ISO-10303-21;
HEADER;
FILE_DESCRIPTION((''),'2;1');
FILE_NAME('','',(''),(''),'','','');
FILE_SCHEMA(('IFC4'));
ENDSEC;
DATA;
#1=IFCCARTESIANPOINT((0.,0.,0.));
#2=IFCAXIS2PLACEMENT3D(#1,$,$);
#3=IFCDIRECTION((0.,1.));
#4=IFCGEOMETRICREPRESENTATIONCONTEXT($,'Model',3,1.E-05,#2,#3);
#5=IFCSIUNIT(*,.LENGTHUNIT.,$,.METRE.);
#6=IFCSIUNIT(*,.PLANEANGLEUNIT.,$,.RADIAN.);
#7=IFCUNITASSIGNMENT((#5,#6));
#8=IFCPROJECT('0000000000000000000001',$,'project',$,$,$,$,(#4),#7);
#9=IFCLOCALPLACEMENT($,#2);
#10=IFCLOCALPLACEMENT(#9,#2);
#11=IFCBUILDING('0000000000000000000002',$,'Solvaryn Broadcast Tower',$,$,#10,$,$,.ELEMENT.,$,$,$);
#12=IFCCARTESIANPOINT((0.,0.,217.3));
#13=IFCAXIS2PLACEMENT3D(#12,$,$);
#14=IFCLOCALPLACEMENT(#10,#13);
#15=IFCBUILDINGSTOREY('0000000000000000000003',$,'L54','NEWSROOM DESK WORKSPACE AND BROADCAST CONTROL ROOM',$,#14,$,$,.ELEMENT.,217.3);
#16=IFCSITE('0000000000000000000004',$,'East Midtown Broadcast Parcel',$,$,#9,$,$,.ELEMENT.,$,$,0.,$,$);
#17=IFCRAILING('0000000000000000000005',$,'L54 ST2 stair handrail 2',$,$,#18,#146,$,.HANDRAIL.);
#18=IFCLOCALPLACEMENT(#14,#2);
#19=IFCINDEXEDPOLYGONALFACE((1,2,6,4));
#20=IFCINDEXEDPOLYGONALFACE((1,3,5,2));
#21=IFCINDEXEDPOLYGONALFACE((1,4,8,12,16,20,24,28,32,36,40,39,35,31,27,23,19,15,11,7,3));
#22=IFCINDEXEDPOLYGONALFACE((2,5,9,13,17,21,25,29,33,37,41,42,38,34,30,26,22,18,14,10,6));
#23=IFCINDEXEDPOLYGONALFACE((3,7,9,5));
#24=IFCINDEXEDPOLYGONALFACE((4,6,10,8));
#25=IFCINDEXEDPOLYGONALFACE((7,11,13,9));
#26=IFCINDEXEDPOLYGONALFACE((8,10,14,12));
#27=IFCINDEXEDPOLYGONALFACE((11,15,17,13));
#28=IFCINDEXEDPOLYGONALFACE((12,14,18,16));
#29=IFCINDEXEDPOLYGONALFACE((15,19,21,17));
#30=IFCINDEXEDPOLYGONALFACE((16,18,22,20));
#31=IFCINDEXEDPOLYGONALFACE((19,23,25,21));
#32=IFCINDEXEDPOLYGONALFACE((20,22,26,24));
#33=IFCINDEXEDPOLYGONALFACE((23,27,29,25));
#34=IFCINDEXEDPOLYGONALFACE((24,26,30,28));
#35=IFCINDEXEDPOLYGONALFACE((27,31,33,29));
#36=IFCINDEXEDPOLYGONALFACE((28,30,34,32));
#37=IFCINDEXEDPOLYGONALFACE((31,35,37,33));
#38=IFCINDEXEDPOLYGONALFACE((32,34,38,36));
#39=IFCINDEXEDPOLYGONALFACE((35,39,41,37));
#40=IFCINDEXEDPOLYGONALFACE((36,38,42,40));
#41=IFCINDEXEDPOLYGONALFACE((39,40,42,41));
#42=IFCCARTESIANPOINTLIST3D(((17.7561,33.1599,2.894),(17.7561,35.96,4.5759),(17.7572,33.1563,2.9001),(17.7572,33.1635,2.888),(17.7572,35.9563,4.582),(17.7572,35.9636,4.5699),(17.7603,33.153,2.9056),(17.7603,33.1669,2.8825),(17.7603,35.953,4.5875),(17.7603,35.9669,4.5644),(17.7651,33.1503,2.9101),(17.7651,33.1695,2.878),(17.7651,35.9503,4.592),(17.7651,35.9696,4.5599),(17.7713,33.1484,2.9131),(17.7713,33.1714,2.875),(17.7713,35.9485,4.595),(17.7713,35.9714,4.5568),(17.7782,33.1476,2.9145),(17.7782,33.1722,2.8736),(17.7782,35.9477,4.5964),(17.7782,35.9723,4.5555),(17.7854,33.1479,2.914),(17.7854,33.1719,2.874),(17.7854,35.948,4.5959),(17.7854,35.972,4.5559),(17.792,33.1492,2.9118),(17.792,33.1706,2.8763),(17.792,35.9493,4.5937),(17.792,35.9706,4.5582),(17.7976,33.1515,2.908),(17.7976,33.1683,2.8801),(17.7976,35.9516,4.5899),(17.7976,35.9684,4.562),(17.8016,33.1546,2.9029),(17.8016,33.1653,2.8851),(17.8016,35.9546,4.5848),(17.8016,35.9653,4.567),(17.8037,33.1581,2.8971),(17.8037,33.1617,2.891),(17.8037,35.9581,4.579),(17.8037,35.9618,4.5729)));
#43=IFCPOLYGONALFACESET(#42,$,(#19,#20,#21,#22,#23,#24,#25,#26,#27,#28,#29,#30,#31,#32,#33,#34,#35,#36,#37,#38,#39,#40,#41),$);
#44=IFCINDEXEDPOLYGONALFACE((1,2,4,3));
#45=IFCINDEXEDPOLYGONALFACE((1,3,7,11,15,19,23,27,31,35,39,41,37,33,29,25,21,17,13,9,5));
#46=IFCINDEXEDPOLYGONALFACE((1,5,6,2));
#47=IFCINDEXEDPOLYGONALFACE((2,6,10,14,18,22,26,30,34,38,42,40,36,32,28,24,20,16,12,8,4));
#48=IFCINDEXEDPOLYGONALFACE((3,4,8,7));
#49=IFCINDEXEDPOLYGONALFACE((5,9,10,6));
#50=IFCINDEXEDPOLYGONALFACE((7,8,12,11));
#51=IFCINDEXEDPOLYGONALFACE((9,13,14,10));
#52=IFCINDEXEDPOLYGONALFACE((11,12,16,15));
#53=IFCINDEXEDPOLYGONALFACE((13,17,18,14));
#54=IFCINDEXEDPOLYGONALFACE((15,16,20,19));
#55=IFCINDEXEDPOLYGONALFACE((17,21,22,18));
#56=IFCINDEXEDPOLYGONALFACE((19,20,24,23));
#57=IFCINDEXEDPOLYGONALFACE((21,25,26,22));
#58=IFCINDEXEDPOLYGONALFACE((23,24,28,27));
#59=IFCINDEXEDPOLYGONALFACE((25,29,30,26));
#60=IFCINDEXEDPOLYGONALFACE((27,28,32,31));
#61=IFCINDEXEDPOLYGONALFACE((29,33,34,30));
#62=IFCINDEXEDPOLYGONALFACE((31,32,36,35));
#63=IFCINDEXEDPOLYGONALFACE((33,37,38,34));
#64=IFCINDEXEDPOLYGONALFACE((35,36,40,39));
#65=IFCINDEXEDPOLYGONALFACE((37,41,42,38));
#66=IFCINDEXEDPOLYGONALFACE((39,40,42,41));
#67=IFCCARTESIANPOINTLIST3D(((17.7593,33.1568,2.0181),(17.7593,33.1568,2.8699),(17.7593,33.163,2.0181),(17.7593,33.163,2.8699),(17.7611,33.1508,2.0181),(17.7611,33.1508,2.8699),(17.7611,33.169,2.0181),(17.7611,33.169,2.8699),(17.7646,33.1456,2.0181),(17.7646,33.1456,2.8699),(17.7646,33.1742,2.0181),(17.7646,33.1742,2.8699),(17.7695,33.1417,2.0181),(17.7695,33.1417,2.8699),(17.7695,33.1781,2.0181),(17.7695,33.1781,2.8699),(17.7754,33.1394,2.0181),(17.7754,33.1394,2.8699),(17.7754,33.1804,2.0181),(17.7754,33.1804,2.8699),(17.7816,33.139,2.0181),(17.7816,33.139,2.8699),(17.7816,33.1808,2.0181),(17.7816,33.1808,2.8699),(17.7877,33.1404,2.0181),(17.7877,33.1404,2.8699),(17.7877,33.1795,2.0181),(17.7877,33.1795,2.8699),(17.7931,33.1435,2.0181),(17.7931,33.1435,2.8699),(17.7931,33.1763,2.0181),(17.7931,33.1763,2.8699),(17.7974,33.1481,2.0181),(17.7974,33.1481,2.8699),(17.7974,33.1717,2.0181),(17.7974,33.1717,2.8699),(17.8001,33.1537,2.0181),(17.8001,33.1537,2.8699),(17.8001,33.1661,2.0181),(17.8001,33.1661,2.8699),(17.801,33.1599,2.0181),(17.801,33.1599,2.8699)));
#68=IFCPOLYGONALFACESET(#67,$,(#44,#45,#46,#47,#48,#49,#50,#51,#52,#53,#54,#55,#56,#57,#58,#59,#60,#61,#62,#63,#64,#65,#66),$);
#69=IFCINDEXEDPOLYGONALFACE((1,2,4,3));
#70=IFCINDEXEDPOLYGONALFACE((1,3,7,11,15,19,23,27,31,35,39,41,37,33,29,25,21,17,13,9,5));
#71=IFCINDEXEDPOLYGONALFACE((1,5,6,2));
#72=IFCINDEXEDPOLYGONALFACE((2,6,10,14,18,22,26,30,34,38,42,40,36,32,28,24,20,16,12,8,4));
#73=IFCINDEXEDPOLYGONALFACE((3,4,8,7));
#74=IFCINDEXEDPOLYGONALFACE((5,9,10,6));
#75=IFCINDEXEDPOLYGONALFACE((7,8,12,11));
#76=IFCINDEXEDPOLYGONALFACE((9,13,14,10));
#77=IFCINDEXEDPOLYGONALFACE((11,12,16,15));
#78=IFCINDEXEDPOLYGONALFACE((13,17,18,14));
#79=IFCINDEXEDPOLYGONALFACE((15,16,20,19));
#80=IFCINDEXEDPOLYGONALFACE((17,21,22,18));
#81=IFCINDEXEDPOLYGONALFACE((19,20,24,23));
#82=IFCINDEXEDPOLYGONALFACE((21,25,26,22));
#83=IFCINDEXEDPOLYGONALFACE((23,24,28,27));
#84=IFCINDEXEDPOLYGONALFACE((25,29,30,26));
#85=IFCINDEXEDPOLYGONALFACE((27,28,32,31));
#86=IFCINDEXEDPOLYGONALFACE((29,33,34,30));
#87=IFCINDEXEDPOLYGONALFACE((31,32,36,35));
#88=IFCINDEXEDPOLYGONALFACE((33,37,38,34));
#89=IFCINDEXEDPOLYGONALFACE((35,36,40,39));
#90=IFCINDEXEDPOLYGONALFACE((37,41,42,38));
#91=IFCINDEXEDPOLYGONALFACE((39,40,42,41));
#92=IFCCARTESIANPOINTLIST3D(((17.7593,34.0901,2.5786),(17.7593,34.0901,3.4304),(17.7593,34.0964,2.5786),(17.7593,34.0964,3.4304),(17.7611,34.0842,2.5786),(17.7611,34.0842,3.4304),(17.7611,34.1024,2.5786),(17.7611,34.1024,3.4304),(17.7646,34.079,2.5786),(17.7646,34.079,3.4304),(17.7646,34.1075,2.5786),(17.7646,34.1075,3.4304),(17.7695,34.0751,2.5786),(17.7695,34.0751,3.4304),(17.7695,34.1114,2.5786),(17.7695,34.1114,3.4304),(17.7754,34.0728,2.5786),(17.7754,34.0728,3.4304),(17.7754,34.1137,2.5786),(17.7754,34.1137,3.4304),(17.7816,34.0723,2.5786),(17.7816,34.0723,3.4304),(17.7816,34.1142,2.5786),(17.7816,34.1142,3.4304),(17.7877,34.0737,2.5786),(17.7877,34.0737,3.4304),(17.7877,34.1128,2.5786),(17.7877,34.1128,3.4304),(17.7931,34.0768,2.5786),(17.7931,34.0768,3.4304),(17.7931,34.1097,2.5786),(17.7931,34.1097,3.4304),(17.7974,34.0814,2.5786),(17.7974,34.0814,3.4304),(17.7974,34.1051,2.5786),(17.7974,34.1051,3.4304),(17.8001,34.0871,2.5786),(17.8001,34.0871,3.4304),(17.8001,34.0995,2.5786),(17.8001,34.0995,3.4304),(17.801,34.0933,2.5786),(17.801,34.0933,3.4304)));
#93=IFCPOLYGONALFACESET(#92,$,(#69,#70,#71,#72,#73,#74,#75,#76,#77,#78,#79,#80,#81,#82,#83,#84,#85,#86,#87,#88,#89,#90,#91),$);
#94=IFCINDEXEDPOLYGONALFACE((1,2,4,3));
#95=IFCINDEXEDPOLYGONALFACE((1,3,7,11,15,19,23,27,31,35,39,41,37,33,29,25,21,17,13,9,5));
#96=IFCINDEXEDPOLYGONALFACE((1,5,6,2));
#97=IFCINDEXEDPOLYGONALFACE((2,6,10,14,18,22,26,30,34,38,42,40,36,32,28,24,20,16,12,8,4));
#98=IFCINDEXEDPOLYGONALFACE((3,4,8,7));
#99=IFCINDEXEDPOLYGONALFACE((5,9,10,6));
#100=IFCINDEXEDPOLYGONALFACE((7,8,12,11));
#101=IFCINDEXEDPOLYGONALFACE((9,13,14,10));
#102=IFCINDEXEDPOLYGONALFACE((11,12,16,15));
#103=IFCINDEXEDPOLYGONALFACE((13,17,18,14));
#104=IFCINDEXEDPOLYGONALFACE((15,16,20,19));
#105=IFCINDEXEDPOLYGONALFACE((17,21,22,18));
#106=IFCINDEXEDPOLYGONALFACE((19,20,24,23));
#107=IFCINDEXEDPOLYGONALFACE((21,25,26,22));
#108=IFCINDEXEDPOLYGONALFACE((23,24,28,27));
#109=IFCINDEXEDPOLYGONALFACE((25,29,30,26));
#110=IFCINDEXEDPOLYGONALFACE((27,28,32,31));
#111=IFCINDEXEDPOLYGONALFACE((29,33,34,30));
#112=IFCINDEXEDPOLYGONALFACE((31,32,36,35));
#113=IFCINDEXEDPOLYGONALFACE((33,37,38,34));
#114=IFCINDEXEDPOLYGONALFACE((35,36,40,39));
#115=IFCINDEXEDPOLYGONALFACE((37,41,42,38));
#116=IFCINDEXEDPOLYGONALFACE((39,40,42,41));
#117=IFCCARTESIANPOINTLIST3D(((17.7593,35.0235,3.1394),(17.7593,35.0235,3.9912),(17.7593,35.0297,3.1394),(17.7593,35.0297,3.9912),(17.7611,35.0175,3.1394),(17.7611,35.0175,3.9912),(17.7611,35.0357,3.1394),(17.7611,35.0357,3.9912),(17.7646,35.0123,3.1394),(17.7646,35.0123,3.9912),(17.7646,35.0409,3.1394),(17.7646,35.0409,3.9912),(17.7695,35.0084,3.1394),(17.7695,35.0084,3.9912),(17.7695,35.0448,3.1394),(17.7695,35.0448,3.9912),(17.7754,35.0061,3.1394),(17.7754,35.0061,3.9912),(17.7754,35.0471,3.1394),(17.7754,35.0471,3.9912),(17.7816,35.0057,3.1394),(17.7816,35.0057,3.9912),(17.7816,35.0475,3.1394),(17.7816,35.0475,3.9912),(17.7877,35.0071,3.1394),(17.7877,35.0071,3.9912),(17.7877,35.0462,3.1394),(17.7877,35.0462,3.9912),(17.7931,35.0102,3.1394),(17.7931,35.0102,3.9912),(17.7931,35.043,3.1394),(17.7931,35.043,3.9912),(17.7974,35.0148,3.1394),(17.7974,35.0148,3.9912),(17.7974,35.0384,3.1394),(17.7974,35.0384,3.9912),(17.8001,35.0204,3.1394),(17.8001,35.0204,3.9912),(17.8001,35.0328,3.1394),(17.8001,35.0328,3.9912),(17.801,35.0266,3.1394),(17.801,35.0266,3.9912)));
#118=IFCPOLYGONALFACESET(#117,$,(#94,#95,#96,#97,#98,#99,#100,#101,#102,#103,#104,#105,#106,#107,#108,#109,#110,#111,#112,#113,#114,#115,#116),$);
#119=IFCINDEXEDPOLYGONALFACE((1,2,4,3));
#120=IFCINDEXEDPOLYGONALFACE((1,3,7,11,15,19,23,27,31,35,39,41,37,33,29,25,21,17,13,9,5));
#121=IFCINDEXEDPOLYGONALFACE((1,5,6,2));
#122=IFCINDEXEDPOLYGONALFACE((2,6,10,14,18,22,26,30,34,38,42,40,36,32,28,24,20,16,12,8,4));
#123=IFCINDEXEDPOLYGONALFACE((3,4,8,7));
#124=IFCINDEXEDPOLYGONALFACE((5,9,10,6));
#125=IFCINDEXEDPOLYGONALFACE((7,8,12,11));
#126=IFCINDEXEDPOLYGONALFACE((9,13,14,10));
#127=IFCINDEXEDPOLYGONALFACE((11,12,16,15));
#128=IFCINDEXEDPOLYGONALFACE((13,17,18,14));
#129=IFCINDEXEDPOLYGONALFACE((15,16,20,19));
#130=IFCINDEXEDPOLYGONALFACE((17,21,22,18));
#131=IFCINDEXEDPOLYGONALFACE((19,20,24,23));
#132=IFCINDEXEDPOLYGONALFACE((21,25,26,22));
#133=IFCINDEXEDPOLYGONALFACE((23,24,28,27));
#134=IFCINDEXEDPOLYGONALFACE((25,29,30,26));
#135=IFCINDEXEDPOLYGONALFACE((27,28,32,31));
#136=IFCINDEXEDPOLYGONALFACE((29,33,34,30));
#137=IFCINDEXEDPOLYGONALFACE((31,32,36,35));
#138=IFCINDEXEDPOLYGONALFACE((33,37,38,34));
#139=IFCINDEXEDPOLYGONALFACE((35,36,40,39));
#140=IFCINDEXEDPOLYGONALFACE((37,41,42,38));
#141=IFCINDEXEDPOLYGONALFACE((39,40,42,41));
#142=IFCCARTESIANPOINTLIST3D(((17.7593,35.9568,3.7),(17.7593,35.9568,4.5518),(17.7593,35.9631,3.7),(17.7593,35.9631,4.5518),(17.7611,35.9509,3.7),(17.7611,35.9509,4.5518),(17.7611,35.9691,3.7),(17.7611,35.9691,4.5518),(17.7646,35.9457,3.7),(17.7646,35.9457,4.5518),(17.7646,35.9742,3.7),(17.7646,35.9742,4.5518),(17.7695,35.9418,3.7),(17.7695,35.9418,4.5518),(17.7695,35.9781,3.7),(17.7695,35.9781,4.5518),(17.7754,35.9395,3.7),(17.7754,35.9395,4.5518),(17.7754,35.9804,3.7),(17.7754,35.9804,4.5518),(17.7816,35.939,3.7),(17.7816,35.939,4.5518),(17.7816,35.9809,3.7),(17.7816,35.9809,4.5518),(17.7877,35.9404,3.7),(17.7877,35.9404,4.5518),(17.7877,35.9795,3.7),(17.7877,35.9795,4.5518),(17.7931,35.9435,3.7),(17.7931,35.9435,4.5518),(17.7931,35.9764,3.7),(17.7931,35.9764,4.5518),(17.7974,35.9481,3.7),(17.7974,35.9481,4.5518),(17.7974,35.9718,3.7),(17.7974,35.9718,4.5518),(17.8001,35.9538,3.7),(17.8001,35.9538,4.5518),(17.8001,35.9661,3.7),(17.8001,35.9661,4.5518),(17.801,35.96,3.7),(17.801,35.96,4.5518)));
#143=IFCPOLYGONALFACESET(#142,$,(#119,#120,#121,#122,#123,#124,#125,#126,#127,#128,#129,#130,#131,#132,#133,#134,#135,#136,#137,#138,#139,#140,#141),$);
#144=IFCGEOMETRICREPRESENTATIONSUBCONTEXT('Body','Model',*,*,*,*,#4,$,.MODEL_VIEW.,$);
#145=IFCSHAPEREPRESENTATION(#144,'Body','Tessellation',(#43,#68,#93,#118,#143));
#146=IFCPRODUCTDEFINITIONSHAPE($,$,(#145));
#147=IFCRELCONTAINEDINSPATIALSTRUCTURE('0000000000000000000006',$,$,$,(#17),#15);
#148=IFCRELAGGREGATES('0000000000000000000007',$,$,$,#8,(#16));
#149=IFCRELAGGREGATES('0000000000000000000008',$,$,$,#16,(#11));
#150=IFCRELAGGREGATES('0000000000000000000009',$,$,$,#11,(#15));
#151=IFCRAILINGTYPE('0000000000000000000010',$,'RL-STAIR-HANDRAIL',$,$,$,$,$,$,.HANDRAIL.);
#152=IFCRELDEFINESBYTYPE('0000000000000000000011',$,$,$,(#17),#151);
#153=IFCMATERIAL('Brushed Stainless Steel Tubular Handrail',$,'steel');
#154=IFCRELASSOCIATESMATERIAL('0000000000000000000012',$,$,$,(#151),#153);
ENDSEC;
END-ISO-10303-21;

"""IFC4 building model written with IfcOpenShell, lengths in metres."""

from ifc_helpers import new_model, si_unit, direction, frame, origin, origin_2d, place, context, subcontext, project, spatial, circle, extrude, material, type_object, element, save


model = new_model("IFC4")

# Units and contexts
model_context = context("Model", 3, precision=1e-05, world=origin(), true_north=direction((0.0, 1.0)))
body_context = subcontext(model_context, "Body", "Model", "MODEL_VIEW")
ifc_project = project(units=[si_unit("LENGTHUNIT", "METRE"), si_unit("PLANEANGLEUNIT", "RADIAN")], contexts=[model_context])

# Site, building, storey
site_placement = place(None, origin())
site = spatial("IfcSite", under=ifc_project, at=site_placement, Name="East Midtown Broadcast Parcel", CompositionType="ELEMENT", RefElevation=0.0)
building_placement = place(site_placement, origin())
building = spatial("IfcBuilding", under=site, at=building_placement, Name="Solvaryn Broadcast Tower", CompositionType="ELEMENT")
storey_placement = place(building_placement, frame((0.0, 0.0, 217.3)))
storey = spatial("IfcBuildingStorey", under=building, at=storey_placement, Name="L54", Description="NEWSROOM DESK WORKSPACE AND BROADCAST CONTROL ROOM", CompositionType="ELEMENT", Elevation=217.3)

# Railing
ifc_material_1 = material(Name="Brushed Stainless Steel Tubular Handrail", Category="steel")
railing_type_1 = type_object("IfcRailingType", Name="RL-STAIR-HANDRAIL", PredefinedType="HANDRAIL", material=ifc_material_1)
railing_1_placement = place(storey_placement, frame((17.78, 33.1599, 2.0181)))
element("IfcRailing", 1, at=railing_1_placement, inside=storey, type_object=railing_type_1, Name="L54 ST2 stair handrail 2", PredefinedType="HANDRAIL", context=body_context, shape_type="SweptSolid", body=[
    extrude(circle(Radius=0.0239, at=origin_2d()), frame((0.0, 0.0, 0.876), z_axis=(0.0, 0.857242, 0.514913), x_axis=(-1.0, 0.0, 0.0)), (0.0, 0.0, 1.0), 3.2664),
    extrude(circle(Radius=0.021, at=origin_2d()), origin(), (0.0, 0.0, 1.0), 0.8518),
    extrude(circle(Radius=0.021, at=origin_2d()), frame((0.0, 0.9333, 0.5605)), (0.0, 0.0, 1.0), 0.8518),
    extrude(circle(Radius=0.021, at=origin_2d()), frame((0.0, 1.8667, 1.1213)), (0.0, 0.0, 1.0), 0.8518),
    extrude(circle(Radius=0.021, at=origin_2d()), frame((0.0, 2.8, 1.6819)), (0.0, 0.0, 1.0), 0.8518),
])

save(model, "model.ifc")
